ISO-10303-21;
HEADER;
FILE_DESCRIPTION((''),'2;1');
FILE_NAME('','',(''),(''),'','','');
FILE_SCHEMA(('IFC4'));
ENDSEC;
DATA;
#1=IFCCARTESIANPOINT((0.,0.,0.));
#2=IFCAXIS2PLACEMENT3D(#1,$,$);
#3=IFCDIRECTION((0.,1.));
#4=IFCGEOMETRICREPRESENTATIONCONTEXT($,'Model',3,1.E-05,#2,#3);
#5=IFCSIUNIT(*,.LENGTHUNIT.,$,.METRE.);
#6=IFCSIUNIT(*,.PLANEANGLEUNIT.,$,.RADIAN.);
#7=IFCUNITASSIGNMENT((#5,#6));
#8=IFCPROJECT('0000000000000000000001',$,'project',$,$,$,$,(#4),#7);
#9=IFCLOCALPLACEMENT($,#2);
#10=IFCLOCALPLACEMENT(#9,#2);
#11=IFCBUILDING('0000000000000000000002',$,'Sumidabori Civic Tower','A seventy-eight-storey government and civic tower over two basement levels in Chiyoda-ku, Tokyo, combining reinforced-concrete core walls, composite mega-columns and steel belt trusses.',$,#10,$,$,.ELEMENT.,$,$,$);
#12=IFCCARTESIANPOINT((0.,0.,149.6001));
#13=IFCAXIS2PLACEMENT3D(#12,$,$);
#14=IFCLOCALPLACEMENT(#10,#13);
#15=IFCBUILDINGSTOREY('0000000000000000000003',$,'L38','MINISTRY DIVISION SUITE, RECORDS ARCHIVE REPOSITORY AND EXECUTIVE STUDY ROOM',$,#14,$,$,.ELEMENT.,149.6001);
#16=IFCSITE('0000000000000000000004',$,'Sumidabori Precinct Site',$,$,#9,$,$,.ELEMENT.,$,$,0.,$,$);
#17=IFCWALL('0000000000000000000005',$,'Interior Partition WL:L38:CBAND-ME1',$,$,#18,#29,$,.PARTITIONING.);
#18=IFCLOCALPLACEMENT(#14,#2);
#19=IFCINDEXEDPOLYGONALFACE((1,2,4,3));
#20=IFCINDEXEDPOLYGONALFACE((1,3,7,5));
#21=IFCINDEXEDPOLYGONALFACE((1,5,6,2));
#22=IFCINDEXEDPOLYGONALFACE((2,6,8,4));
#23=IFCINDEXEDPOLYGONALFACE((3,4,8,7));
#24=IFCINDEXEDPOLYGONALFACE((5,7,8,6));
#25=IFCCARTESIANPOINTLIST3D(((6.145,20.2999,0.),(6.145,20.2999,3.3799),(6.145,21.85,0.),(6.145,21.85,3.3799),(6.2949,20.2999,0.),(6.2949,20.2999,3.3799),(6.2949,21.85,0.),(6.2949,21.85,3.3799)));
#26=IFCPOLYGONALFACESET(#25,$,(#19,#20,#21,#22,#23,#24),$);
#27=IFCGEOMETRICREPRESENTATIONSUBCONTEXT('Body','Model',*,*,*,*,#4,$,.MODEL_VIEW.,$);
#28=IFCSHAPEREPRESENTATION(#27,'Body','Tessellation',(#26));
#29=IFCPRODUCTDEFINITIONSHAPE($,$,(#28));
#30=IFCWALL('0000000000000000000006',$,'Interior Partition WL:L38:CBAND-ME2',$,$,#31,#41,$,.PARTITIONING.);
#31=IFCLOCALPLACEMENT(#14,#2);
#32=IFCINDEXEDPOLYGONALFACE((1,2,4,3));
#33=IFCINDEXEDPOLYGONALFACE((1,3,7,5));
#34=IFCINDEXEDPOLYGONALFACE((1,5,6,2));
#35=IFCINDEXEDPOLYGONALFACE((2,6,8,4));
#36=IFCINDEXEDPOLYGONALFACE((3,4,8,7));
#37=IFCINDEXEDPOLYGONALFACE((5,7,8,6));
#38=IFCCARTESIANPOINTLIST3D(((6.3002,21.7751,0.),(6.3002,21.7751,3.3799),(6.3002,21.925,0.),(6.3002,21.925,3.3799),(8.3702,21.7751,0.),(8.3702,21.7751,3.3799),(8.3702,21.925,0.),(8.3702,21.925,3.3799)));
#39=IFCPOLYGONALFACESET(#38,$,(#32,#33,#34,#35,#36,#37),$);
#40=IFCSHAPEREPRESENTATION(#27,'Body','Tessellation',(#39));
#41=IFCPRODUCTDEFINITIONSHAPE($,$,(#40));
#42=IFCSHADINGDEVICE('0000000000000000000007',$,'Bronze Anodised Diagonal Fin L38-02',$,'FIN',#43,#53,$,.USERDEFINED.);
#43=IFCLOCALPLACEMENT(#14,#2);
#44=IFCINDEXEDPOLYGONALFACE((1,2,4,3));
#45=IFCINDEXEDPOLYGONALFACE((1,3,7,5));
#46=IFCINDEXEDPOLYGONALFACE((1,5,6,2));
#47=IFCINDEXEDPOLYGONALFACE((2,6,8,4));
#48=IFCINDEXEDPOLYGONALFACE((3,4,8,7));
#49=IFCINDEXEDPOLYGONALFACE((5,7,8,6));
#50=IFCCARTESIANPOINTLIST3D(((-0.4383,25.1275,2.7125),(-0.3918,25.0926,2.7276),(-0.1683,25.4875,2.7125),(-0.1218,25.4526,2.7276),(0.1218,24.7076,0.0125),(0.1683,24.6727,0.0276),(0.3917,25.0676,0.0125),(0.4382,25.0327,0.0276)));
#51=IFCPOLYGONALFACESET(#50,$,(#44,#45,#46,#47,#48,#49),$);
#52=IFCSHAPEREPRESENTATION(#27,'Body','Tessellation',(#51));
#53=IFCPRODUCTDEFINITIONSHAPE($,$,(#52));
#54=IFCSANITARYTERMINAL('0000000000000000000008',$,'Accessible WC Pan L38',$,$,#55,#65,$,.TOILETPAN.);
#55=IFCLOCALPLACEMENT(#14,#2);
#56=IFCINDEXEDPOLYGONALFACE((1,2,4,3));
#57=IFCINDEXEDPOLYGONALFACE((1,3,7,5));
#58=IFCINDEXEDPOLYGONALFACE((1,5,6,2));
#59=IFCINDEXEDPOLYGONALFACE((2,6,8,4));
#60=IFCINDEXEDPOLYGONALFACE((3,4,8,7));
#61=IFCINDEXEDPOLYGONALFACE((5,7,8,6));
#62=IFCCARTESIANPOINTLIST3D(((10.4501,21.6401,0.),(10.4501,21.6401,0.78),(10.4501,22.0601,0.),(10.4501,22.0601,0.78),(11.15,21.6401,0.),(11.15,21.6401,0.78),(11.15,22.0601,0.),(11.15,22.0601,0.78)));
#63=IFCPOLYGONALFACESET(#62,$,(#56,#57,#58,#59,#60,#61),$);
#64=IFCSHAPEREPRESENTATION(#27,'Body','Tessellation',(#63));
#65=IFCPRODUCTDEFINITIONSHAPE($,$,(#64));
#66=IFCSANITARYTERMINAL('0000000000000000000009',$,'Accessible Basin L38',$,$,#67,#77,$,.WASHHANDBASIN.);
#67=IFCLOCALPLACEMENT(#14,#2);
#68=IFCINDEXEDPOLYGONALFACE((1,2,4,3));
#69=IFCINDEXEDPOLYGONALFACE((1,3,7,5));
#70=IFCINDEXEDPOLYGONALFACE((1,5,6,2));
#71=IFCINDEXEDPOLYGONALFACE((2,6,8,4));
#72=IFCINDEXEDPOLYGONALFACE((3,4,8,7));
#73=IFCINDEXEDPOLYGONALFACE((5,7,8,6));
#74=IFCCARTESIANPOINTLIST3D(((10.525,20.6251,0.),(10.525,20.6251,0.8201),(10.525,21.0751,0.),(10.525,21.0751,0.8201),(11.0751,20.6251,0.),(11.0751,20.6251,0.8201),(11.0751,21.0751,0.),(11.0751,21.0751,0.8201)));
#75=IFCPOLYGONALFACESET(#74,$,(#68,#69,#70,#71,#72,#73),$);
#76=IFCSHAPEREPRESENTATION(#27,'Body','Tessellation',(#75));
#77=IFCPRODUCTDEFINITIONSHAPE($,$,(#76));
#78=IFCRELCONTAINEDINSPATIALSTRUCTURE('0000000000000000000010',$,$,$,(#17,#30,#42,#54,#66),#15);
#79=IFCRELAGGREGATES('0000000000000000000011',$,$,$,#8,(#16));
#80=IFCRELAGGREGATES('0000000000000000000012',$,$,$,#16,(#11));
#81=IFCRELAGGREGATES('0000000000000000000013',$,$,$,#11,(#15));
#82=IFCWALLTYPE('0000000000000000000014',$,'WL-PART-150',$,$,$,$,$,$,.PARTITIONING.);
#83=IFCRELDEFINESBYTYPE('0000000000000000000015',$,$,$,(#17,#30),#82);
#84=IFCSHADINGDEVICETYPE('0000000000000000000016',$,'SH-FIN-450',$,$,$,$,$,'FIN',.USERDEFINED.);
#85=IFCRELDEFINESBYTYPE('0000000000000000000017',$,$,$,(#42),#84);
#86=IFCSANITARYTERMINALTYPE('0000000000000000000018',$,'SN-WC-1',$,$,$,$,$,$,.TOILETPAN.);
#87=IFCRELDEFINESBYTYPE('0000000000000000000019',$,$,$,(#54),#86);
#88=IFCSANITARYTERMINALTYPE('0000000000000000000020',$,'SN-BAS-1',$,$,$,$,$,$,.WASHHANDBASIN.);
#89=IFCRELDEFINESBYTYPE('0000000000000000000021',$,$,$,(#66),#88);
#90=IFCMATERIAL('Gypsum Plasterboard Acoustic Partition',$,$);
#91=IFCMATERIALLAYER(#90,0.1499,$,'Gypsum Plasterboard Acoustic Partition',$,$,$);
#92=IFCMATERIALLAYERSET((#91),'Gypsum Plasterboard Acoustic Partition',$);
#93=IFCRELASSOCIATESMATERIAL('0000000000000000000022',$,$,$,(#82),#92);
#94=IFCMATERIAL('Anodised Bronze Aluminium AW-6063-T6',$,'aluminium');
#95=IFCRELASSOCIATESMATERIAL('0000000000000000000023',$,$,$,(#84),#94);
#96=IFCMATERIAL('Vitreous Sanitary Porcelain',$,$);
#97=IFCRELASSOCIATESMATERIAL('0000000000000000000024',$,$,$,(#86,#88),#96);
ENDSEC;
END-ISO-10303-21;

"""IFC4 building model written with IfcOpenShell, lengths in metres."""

from ifc_helpers import new_model, si_unit, direction, frame, frame_2d, origin, origin_2d, place, context, subcontext, project, spatial, rectangle, extrude, source, transform, mapped, material, layer, layer_set, material_profile, profile_set, type_object, element, save


model = new_model("IFC4")

# Units and contexts
model_context = context("Model", 3, precision=1e-05, world=origin(), true_north=direction((0.0, 1.0)))
body_context = subcontext(model_context, "Body", "Model", "MODEL_VIEW")
ifc_project = project(units=[si_unit("LENGTHUNIT", "METRE"), si_unit("PLANEANGLEUNIT", "RADIAN")], contexts=[model_context])

# Site, building, storey
site_placement = place(None, origin())
site = spatial("IfcSite", under=ifc_project, at=site_placement, Name="Sumidabori Precinct Site", CompositionType="ELEMENT", RefElevation=0.0)
building_placement = place(site_placement, origin())
building = spatial("IfcBuilding", under=site, at=building_placement, Name="Sumidabori Civic Tower", Description="A seventy-eight-storey government and civic tower over two basement levels in Chiyoda-ku, Tokyo, combining reinforced-concrete core walls, composite mega-columns and steel belt trusses.", CompositionType="ELEMENT")
storey_placement = place(building_placement, frame((0.0, 0.0, 149.6001)))
storey = spatial("IfcBuildingStorey", under=building, at=storey_placement, Name="L38", Description="MINISTRY DIVISION SUITE, RECORDS ARCHIVE REPOSITORY AND EXECUTIVE STUDY ROOM", CompositionType="ELEMENT", Elevation=149.6001)

# Shared definitions
ifc_material_1 = material(Name="Anodised Bronze Aluminium AW-6063-T6", Category="aluminium")

# Shared definitions
ifc_material_2 = material(Name="Gypsum Plasterboard Acoustic Partition")
ifc_layer_1 = layer(ifc_material_2, 0.1499, Name="Gypsum Plasterboard Acoustic Partition")
ifc_layer_set_1 = layer_set([ifc_layer_1], Name="Gypsum Plasterboard Acoustic Partition")
wall_type_1 = type_object("IfcWallType", Name="WL-PART-150", PredefinedType="PARTITIONING", material=ifc_layer_set_1)

# Walls
shared_shape_1 = source(origin(), body_context, "Body", "SweptSolid", [
    extrude(rectangle(XDim=1.55, YDim=0.1499, at=frame_2d((0.7749, 0.0))), origin(), (0.0, 0.0, 1.0), 3.3799),
])
wall_1_placement = place(storey_placement, frame((6.22, 20.3, 0.0), z_axis=(0.0, 0.0, 1.0), x_axis=(0.0, 1.0, 0.0)))
element("IfcWall", 1, at=wall_1_placement, inside=storey, type_object=wall_type_1, Name="Interior Partition WL:L38:CBAND-ME1", PredefinedType="PARTITIONING", context=body_context, shape_type="MappedRepresentation", body=[
    mapped(shared_shape_1, transform((0.0, 0.0, 0.0), x_axis=(1.0, 0.0, 0.0), y_axis=(0.0, 1.0, 0.0), z_axis=(0.0, 0.0, 1.0), scale=1.0)),
])
shared_shape_2 = source(origin(), body_context, "Body", "SweptSolid", [
    extrude(rectangle(XDim=2.0701, YDim=0.1499, at=frame_2d((1.0352, 0.0))), origin(), (0.0, 0.0, 1.0), 3.3799),
])
wall_2_placement = place(storey_placement, frame((6.3, 21.8501, 0.0), z_axis=(0.0, 0.0, 1.0), x_axis=(1.0, 0.0, 0.0)))
element("IfcWall", 2, at=wall_2_placement, inside=storey, type_object=wall_type_1, Name="Interior Partition WL:L38:CBAND-ME2", PredefinedType="PARTITIONING", context=body_context, shape_type="MappedRepresentation", body=[
    mapped(shared_shape_2, transform((0.0, 0.0, 0.0), x_axis=(1.0, 0.0, 0.0), y_axis=(0.0, 1.0, 0.0), z_axis=(0.0, 0.0, 1.0), scale=1.0)),
])

# Shading device
ifc_material_profile_1 = material_profile(ifc_material_1, rectangle(XDim=0.0601, YDim=0.45, at=origin_2d()), Name="BRONZE FIN 450x60")
ifc_profile_set_1 = profile_set([ifc_material_profile_1], Name="Anodised Bronze Aluminium AW-6063-T6")
shading_device_type = type_object("IfcShadingDeviceType", Name="SH-FIN-450", ElementType="FIN", PredefinedType="USERDEFINED", material=ifc_profile_set_1)
shared_shape_3 = source(origin(), body_context, "Body", "SweptSolid", [
    extrude(rectangle(XDim=0.0601, YDim=0.45, at=origin_2d()), origin(), (0.0, 0.0, 1.0), 2.7893),
])
shading_device_placement = place(storey_placement, frame((0.28, 24.8701, 0.02), z_axis=(-0.200794, 0.150552, 0.967996), x_axis=(0.774478, -0.580689, 0.250966)))
element("IfcShadingDevice", 3, at=shading_device_placement, inside=storey, type_object=shading_device_type, Name="Bronze Anodised Diagonal Fin L38-02", ObjectType="FIN", PredefinedType="USERDEFINED", context=body_context, shape_type="MappedRepresentation", body=[
    mapped(shared_shape_3, transform((0.0, 0.0, 0.0), x_axis=(1.0, 0.0, 0.0), y_axis=(0.0, 1.0, 0.0), z_axis=(0.0, 0.0, 1.0), scale=1.0)),
])

# Sanitary terminals
ifc_material_3 = material(Name="Vitreous Sanitary Porcelain")
sanitary_terminal_type_1 = type_object("IfcSanitaryTerminalType", Name="SN-WC-1", PredefinedType="TOILETPAN", material=ifc_material_3)
shared_shape_4 = source(origin(), body_context, "Body", "SweptSolid", [
    extrude(rectangle(XDim=0.7, YDim=0.4199, at=origin_2d()), origin(), (0.0, 0.0, 1.0), 0.78),
])
sanitary_terminal_1_placement = place(storey_placement, frame((10.8, 21.8501, 0.0), z_axis=(0.0, 0.0, 1.0), x_axis=(1.0, 0.0, 0.0)))
element("IfcSanitaryTerminal", 4, at=sanitary_terminal_1_placement, inside=storey, type_object=sanitary_terminal_type_1, Name="Accessible WC Pan L38", PredefinedType="TOILETPAN", context=body_context, shape_type="MappedRepresentation", body=[
    mapped(shared_shape_4, transform((0.0, 0.0, 0.0), x_axis=(1.0, 0.0, 0.0), y_axis=(0.0, 1.0, 0.0), z_axis=(0.0, 0.0, 1.0), scale=1.0)),
])
sanitary_terminal_type_2 = type_object("IfcSanitaryTerminalType", Name="SN-BAS-1", PredefinedType="WASHHANDBASIN", material=ifc_material_3)
shared_shape_5 = source(origin(), body_context, "Body", "SweptSolid", [
    extrude(rectangle(XDim=0.55, YDim=0.45, at=origin_2d()), origin(), (0.0, 0.0, 1.0), 0.8201),
])
sanitary_terminal_2_placement = place(storey_placement, frame((10.8, 20.8501, 0.0), z_axis=(0.0, 0.0, 1.0), x_axis=(1.0, 0.0, 0.0)))
element("IfcSanitaryTerminal", 5, at=sanitary_terminal_2_placement, inside=storey, type_object=sanitary_terminal_type_2, Name="Accessible Basin L38", PredefinedType="WASHHANDBASIN", context=body_context, shape_type="MappedRepresentation", body=[
    mapped(shared_shape_5, transform((0.0, 0.0, 0.0), x_axis=(1.0, 0.0, 0.0), y_axis=(0.0, 1.0, 0.0), z_axis=(0.0, 0.0, 1.0), scale=1.0)),
])

save(model, "model.ifc")
